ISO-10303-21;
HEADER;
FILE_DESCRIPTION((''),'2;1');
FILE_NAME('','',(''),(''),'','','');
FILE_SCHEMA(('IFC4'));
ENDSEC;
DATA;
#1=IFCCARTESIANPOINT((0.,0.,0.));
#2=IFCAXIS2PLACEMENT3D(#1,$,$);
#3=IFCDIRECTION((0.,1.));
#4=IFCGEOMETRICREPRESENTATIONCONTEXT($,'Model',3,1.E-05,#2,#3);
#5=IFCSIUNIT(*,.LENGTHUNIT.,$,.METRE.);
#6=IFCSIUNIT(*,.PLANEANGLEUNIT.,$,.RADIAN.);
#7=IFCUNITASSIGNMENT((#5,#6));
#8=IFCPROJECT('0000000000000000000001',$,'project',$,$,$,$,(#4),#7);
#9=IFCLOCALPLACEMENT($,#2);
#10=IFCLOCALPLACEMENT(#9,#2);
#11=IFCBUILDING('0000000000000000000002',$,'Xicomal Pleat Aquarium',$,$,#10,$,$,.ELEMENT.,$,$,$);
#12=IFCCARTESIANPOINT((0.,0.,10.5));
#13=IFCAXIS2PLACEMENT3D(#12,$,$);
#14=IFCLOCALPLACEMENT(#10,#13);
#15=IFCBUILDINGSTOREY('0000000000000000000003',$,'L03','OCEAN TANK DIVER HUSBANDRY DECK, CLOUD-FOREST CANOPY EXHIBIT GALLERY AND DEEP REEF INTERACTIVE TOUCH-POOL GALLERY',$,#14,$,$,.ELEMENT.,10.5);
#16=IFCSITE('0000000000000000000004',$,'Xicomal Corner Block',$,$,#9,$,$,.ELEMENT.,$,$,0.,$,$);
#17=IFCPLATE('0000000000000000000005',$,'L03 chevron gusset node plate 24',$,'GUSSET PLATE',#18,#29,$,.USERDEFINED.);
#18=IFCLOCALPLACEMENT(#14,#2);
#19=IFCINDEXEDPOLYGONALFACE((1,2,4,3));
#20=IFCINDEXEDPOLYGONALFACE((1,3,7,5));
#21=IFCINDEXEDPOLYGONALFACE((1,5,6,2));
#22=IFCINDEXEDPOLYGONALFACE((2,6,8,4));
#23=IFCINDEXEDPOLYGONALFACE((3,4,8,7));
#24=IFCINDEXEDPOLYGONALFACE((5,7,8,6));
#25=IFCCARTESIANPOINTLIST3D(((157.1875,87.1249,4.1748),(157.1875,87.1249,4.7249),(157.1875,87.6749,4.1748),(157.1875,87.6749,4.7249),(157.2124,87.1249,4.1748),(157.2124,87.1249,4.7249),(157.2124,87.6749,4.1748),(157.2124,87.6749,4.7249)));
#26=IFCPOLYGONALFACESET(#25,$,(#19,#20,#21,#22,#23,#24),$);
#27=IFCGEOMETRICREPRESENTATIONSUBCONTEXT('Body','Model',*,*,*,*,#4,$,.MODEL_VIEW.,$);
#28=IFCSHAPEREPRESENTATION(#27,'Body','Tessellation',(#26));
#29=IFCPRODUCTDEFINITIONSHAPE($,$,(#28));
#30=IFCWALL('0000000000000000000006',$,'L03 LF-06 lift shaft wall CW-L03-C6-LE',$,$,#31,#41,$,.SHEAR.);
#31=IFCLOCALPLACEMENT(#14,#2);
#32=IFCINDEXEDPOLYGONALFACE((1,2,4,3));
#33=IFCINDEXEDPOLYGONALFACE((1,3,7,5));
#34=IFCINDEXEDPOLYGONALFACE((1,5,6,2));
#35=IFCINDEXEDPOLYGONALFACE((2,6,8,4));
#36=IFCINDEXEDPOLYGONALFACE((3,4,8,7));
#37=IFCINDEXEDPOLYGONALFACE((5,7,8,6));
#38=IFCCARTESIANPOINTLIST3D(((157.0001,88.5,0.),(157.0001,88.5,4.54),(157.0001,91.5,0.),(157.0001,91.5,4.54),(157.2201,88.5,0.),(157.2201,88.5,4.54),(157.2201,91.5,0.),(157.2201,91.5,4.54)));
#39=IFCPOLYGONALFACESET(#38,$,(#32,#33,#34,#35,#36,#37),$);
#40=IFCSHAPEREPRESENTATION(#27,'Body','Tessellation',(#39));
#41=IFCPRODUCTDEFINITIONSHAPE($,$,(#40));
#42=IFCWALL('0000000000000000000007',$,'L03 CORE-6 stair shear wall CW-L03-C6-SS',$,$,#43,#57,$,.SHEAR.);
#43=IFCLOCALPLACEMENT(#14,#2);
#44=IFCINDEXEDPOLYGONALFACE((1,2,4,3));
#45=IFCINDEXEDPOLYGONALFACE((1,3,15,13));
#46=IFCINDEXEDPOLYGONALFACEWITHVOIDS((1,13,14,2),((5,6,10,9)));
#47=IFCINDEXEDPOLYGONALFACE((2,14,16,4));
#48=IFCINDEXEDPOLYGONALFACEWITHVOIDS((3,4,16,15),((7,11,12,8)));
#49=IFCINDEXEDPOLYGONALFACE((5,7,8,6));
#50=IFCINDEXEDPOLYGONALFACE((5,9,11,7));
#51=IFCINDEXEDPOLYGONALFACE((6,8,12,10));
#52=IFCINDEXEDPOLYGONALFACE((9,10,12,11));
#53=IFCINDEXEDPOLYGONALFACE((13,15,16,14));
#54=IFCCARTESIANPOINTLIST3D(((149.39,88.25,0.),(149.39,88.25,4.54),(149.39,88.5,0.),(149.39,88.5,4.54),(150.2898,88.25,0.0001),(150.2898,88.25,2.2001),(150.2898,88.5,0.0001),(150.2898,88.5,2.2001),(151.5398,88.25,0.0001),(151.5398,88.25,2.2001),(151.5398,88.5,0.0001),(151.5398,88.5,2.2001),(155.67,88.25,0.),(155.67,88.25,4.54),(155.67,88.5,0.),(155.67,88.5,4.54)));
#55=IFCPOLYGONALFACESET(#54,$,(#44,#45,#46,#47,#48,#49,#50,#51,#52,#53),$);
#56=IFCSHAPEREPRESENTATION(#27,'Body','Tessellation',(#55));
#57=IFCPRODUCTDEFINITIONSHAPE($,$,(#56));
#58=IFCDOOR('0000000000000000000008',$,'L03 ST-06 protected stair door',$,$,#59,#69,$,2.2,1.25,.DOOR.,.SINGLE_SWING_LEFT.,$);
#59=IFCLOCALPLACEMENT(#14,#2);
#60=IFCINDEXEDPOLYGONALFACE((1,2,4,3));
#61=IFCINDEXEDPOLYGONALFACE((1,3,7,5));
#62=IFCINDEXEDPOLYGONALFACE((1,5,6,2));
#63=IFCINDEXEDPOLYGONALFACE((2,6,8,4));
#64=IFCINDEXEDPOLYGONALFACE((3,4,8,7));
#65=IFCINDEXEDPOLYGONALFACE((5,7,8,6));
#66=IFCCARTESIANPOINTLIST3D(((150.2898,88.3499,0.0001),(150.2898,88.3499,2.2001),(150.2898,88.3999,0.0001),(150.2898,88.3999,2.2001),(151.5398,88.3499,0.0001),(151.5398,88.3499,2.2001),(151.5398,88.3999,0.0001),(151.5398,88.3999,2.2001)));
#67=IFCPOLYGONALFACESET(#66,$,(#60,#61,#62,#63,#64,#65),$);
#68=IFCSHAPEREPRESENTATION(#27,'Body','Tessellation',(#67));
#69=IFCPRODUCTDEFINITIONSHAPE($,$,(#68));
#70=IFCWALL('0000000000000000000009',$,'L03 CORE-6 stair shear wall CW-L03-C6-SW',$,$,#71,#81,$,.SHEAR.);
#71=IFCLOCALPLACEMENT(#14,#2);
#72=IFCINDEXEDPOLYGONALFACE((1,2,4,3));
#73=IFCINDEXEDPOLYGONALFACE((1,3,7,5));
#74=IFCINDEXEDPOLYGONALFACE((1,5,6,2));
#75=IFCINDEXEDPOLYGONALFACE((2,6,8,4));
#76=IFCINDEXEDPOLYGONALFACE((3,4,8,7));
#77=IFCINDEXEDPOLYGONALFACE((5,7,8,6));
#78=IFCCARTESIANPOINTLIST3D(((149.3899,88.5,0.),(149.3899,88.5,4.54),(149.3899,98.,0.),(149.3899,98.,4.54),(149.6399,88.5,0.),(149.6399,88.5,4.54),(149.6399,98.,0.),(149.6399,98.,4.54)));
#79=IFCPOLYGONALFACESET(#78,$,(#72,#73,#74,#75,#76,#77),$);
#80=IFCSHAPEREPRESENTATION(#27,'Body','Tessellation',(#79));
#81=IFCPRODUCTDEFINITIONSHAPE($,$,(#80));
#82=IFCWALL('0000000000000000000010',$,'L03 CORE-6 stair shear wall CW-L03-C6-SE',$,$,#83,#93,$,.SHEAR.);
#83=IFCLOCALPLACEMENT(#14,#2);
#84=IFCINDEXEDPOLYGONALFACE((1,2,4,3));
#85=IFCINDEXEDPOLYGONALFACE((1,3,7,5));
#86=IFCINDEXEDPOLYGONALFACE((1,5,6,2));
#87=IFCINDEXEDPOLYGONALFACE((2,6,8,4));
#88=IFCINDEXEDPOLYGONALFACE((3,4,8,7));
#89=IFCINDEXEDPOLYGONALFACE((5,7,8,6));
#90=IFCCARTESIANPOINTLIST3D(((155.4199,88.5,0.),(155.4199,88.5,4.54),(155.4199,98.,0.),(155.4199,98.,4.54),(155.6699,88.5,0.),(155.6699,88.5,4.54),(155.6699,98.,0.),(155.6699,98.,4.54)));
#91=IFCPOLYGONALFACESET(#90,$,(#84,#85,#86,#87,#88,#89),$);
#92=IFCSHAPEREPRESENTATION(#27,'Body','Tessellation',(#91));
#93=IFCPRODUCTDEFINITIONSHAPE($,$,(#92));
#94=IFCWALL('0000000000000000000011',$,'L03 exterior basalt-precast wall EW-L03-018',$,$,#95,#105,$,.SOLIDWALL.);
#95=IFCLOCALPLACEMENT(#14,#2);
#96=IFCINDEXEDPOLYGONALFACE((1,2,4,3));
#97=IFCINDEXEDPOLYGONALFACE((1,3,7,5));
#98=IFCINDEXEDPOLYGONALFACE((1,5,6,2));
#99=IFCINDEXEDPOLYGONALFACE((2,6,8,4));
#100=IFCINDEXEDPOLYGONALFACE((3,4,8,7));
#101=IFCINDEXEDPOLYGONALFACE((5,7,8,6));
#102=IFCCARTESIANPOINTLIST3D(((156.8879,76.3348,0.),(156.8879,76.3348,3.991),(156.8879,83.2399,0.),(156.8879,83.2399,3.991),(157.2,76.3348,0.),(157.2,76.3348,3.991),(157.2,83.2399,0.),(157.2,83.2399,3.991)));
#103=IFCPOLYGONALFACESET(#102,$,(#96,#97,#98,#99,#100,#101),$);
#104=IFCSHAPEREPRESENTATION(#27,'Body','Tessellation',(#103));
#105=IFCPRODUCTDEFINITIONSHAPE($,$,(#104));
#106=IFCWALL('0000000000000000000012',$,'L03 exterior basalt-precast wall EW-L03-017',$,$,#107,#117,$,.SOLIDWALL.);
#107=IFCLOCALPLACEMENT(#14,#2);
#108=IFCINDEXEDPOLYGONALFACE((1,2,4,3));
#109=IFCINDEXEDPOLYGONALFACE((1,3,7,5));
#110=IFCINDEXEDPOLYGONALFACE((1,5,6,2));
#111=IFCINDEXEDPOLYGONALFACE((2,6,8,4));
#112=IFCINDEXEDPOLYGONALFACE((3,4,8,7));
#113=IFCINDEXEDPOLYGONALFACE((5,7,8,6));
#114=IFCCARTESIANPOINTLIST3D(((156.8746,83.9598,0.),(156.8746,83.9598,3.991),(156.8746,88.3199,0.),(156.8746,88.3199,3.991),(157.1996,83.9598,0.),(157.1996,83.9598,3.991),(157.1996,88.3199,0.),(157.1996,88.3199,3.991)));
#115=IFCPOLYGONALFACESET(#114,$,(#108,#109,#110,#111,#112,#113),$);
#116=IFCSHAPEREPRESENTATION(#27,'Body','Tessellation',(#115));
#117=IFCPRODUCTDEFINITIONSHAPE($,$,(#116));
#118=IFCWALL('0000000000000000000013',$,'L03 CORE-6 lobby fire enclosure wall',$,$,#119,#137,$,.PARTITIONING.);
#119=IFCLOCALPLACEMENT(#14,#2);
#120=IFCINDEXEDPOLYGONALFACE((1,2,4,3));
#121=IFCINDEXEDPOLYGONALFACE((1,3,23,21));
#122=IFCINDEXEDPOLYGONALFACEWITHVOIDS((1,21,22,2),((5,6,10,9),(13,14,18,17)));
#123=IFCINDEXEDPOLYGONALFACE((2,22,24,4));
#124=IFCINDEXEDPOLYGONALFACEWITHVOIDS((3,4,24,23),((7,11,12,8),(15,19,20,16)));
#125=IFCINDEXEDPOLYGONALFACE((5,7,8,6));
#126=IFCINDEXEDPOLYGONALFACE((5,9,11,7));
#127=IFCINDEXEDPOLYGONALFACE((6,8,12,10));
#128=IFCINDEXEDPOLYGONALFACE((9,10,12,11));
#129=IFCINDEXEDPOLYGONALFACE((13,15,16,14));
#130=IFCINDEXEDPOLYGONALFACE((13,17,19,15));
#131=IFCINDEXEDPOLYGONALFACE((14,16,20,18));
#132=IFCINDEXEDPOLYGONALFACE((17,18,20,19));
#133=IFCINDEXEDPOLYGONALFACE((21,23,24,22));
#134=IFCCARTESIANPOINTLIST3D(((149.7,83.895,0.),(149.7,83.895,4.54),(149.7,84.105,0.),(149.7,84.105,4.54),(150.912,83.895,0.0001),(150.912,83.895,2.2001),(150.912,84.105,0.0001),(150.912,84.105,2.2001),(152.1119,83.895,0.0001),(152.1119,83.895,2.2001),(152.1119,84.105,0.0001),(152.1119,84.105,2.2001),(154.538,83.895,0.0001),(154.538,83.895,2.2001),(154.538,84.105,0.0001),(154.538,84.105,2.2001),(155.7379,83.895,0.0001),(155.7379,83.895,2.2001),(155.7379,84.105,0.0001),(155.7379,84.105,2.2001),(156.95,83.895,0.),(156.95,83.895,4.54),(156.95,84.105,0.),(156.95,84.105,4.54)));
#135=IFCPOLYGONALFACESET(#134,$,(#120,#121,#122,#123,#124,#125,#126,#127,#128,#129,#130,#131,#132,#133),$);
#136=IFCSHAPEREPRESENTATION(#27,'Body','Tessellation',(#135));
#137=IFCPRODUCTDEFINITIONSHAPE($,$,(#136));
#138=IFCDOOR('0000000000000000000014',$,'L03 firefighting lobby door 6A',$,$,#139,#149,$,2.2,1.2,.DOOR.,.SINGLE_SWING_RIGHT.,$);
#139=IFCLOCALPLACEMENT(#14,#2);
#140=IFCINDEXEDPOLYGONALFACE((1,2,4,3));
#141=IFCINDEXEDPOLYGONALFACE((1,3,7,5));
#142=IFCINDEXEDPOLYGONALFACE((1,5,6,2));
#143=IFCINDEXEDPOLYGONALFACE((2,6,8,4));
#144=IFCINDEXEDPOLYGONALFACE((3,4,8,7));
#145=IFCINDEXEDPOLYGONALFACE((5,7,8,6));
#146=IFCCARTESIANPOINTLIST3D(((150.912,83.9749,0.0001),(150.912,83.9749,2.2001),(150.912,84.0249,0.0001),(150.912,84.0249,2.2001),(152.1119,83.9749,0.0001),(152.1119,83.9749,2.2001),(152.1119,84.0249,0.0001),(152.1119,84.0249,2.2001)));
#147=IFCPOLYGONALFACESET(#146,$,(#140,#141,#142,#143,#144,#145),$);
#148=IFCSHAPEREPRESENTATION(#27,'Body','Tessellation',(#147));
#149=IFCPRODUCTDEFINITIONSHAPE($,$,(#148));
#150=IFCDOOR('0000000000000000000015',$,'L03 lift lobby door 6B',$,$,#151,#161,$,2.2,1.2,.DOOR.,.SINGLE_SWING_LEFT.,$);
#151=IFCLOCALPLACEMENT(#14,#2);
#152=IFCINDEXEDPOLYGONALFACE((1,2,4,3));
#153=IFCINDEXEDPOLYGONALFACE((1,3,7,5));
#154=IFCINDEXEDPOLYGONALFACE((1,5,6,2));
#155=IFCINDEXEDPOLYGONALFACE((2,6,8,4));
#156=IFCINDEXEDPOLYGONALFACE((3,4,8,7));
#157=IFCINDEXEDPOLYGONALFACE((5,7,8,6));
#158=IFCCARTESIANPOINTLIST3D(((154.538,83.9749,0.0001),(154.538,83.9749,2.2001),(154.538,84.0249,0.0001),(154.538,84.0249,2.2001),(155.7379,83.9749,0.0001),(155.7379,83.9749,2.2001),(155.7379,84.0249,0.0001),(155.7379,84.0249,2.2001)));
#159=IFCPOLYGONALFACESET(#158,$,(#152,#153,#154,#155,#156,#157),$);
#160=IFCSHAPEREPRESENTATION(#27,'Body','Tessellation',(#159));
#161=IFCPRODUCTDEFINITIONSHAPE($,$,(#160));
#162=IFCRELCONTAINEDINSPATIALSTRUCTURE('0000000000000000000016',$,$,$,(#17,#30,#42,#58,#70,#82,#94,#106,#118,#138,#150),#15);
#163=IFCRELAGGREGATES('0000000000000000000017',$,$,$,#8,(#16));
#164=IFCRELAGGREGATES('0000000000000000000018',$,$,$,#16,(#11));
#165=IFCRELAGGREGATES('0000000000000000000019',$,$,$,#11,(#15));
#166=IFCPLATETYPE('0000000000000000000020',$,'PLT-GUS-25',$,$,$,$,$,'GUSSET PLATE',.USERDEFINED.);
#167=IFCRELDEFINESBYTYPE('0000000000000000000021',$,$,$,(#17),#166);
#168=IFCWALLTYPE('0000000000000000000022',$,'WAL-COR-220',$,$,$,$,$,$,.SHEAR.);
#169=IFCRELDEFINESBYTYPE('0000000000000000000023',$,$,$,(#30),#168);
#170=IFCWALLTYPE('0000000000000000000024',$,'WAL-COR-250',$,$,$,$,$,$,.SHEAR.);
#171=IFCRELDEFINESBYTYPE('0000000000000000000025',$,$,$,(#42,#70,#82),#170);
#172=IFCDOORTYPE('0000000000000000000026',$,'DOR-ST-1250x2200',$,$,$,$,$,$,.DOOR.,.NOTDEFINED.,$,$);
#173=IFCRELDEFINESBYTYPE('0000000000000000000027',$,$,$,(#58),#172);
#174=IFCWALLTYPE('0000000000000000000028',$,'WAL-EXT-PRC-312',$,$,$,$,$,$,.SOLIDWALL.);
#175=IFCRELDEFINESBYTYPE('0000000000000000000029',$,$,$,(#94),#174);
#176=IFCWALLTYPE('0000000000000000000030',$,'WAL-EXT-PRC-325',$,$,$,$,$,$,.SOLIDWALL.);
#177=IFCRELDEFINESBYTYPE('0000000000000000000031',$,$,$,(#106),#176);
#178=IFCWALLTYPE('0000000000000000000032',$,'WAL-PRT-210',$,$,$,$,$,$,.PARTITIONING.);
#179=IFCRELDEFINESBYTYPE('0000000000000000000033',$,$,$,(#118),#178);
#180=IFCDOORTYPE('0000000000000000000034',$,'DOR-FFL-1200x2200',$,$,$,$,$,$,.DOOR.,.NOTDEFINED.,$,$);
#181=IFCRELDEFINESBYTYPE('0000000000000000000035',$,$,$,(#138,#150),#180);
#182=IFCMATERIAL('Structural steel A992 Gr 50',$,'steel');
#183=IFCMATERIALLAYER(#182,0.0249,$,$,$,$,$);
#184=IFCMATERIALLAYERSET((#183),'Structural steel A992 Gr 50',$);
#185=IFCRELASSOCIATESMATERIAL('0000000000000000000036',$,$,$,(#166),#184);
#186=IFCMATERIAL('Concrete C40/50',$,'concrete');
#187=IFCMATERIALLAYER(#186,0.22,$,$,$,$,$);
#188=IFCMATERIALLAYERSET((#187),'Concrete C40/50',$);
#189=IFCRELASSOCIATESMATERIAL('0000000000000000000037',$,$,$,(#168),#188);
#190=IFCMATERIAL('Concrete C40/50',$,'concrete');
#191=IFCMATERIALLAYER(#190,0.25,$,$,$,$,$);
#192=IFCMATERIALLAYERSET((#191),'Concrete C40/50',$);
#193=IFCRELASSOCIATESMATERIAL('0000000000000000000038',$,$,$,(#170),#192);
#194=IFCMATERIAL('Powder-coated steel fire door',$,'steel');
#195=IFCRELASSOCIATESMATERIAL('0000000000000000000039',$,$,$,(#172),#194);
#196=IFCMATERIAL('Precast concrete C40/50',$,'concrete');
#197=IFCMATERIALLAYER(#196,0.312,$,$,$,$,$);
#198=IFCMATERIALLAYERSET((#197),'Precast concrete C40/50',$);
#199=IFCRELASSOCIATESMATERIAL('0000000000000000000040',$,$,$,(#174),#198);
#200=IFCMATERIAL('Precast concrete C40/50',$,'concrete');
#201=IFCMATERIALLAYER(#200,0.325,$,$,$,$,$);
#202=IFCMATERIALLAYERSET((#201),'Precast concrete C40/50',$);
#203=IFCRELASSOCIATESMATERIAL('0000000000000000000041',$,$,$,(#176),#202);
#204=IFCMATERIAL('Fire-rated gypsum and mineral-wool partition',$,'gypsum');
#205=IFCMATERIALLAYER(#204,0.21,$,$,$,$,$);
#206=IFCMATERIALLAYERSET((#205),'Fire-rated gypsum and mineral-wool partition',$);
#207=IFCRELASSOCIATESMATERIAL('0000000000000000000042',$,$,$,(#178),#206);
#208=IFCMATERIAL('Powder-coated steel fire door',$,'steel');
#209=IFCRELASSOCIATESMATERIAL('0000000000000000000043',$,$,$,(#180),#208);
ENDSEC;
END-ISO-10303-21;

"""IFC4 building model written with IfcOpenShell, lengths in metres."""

from ifc_helpers import new_model, si_unit, direction, frame, frame_2d, origin, origin_2d, place, context, subcontext, project, spatial, rectangle, extrude, material, layer, layer_set, type_object, element, fill, save


model = new_model("IFC4")

# Units and contexts
model_context = context("Model", 3, precision=1e-05, world=origin(), true_north=direction((0.0, 1.0)))
body_context = subcontext(model_context, "Body", "Model", "MODEL_VIEW")
ifc_project = project(units=[si_unit("LENGTHUNIT", "METRE"), si_unit("PLANEANGLEUNIT", "RADIAN")], contexts=[model_context])

# Site, building, storey
site_placement = place(None, origin())
site = spatial("IfcSite", under=ifc_project, at=site_placement, Name="Xicomal Corner Block", CompositionType="ELEMENT", RefElevation=0.0)
building_placement = place(site_placement, origin())
building = spatial("IfcBuilding", under=site, at=building_placement, Name="Xicomal Pleat Aquarium", CompositionType="ELEMENT")
storey_placement = place(building_placement, frame((0.0, 0.0, 10.5)))
storey = spatial("IfcBuildingStorey", under=building, at=storey_placement, Name="L03", Description="OCEAN TANK DIVER HUSBANDRY DECK, CLOUD-FOREST CANOPY EXHIBIT GALLERY AND DEEP REEF INTERACTIVE TOUCH-POOL GALLERY", CompositionType="ELEMENT", Elevation=10.5)

# Plate
ifc_material_1 = material(Name="Structural steel A992 Gr 50", Category="steel")
ifc_layer_1 = layer(ifc_material_1, 0.0249)
ifc_layer_set_1 = layer_set([ifc_layer_1], Name="Structural steel A992 Gr 50")
plate_type_1 = type_object("IfcPlateType", Name="PLT-GUS-25", ElementType="GUSSET PLATE", PredefinedType="USERDEFINED", material=ifc_layer_set_1)
plate_1_placement = place(storey_placement, frame((157.2, 87.3999, 4.1748), z_axis=(0.0, 0.0, 1.0), x_axis=(0.0, 1.0, 0.0)))
element("IfcPlate", 1, at=plate_1_placement, inside=storey, type_object=plate_type_1, Name="L03 chevron gusset node plate 24", ObjectType="GUSSET PLATE", PredefinedType="USERDEFINED", context=body_context, shape_type="SweptSolid", body=[
    extrude(rectangle(XDim=0.55, YDim=0.0249, at=origin_2d()), origin(), (0.0, 0.0, 1.0), 0.55),
])

# Shared definitions
ifc_material_2 = material(Name="Concrete C40/50", Category="concrete")
ifc_layer_2 = layer(ifc_material_2, 0.22)
ifc_layer_set_2 = layer_set([ifc_layer_2], Name="Concrete C40/50")
wall_type_1 = type_object("IfcWallType", Name="WAL-COR-220", PredefinedType="SHEAR", material=ifc_layer_set_2)

# Wall
wall_1_placement = place(storey_placement, frame((157.1101, 88.5, 0.0), z_axis=(0.0, 0.0, 1.0), x_axis=(0.0, 1.0, 0.0)))
element("IfcWall", 2, at=wall_1_placement, inside=storey, type_object=wall_type_1, Name="L03 LF-06 lift shaft wall CW-L03-C6-LE", PredefinedType="SHEAR", context=body_context, shape_type="SweptSolid", body=[
    extrude(rectangle(XDim=3.0, YDim=0.22, at=frame_2d((1.5, 0.0))), origin(), (0.0, 0.0, 1.0), 4.54),
])

# Wall, opening, door
ifc_material_3 = material(Name="Concrete C40/50", Category="concrete")
ifc_layer_3 = layer(ifc_material_3, 0.25)
ifc_layer_set_3 = layer_set([ifc_layer_3], Name="Concrete C40/50")
wall_type_2 = type_object("IfcWallType", Name="WAL-COR-250", PredefinedType="SHEAR", material=ifc_layer_set_3)
wall_2_placement = place(storey_placement, frame((149.3899, 88.375, 0.0), z_axis=(0.0, 0.0, 1.0), x_axis=(1.0, 0.0, 0.0)))
wall_2 = element("IfcWall", 3, at=wall_2_placement, inside=storey, type_object=wall_type_2, Name="L03 CORE-6 stair shear wall CW-L03-C6-SS", PredefinedType="SHEAR", context=body_context, shape_type="SweptSolid", body=[
    extrude(rectangle(XDim=6.28, YDim=0.25, at=frame_2d((3.1401, 0.0))), origin(), (0.0, 0.0, 1.0), 4.54),
])
opening_1_placement = place(wall_2_placement, frame((0.8999, 0.0, 0.0)))
opening_1 = element("IfcOpeningElement", 4, at=opening_1_placement, cuts=wall_2, PredefinedType="OPENING", context=body_context, shape_type="SweptSolid", body=[
    extrude(rectangle(XDim=1.25, YDim=2.2, at=frame_2d((0.625, 1.1001))), frame((0.0, 0.135, 0.0), z_axis=(0.0, -1.0, 0.0), x_axis=(1.0, 0.0, 0.0)), (0.0, 0.0, 1.0), 0.27),
])
ifc_material_4 = material(Name="Powder-coated steel fire door", Category="steel")
door_type_1 = type_object("IfcDoorType", Name="DOR-ST-1250x2200", OperationType="NOTDEFINED", PredefinedType="DOOR", material=ifc_material_4)
door_1_placement = place(opening_1_placement, origin())
door_1 = element("IfcDoor", 5, at=door_1_placement, inside=storey, type_object=door_type_1, Name="L03 ST-06 protected stair door", OperationType="SINGLE_SWING_LEFT", OverallHeight=2.2, OverallWidth=1.25, PredefinedType="DOOR", context=body_context, shape_type="SweptSolid", body=[
    extrude(rectangle(XDim=1.25, YDim=2.2, at=frame_2d((0.625, 1.1001))), frame((0.0, 0.0249, 0.0), z_axis=(0.0, -1.0, 0.0), x_axis=(1.0, 0.0, 0.0)), (0.0, 0.0, 1.0), 0.05),
])
fill(opening_1, door_1)

# Walls
for number, where, z_axis, x_axis, name in (
    (6, (149.5149, 88.5, 0.0), (0.0, 0.0, 1.0), (0.0, 1.0, 0.0), "L03 CORE-6 stair shear wall CW-L03-C6-SW"),
    (7, (155.5449, 88.5, 0.0), (0.0, 0.0, 1.0), (0.0, 1.0, 0.0), "L03 CORE-6 stair shear wall CW-L03-C6-SE"),
):
    element("IfcWall", number, at=place(storey_placement, frame(where, z_axis=z_axis, x_axis=x_axis)), inside=storey, type_object=wall_type_2, Name=name, PredefinedType="SHEAR", context=body_context, shape_type="SweptSolid", body=[
        extrude(rectangle(XDim=9.5, YDim=0.25, at=frame_2d((4.75, 0.0))), origin(), (0.0, 0.0, 1.0), 4.54),
    ])
ifc_material_5 = material(Name="Precast concrete C40/50", Category="concrete")
ifc_layer_4 = layer(ifc_material_5, 0.312)
ifc_layer_set_4 = layer_set([ifc_layer_4], Name="Precast concrete C40/50")
wall_type_3 = type_object("IfcWallType", Name="WAL-EXT-PRC-312", PredefinedType="SOLIDWALL", material=ifc_layer_set_4)
wall_3_placement = place(storey_placement, frame((157.0439, 83.24, 0.0), z_axis=(0.0, 0.0, 1.0), x_axis=(0.0, -1.0, 0.0)))
element("IfcWall", 8, at=wall_3_placement, inside=storey, type_object=wall_type_3, Name="L03 exterior basalt-precast wall EW-L03-018", PredefinedType="SOLIDWALL", context=body_context, shape_type="SweptSolid", body=[
    extrude(rectangle(XDim=6.905, YDim=0.312, at=frame_2d((3.4526, 0.0))), origin(), (0.0, 0.0, 1.0), 3.991),
])
ifc_material_6 = material(Name="Precast concrete C40/50", Category="concrete")
ifc_layer_5 = layer(ifc_material_6, 0.325)
ifc_layer_set_5 = layer_set([ifc_layer_5], Name="Precast concrete C40/50")
wall_type_4 = type_object("IfcWallType", Name="WAL-EXT-PRC-325", PredefinedType="SOLIDWALL", material=ifc_layer_set_5)
wall_4_placement = place(storey_placement, frame((157.0371, 88.3201, 0.0), z_axis=(0.0, 0.0, 1.0), x_axis=(0.0, -1.0, 0.0)))
element("IfcWall", 9, at=wall_4_placement, inside=storey, type_object=wall_type_4, Name="L03 exterior basalt-precast wall EW-L03-017", PredefinedType="SOLIDWALL", context=body_context, shape_type="SweptSolid", body=[
    extrude(rectangle(XDim=4.3601, YDim=0.325, at=frame_2d((2.1802, 0.0))), origin(), (0.0, 0.0, 1.0), 3.991),
])

# Wall, openings, doors
ifc_material_7 = material(Name="Fire-rated gypsum and mineral-wool partition", Category="gypsum")
ifc_layer_6 = layer(ifc_material_7, 0.21)
ifc_layer_set_6 = layer_set([ifc_layer_6], Name="Fire-rated gypsum and mineral-wool partition")
wall_type_5 = type_object("IfcWallType", Name="WAL-PRT-210", PredefinedType="PARTITIONING", material=ifc_layer_set_6)
wall_5_placement = place(storey_placement, frame((149.7, 84.0, 0.0), z_axis=(0.0, 0.0, 1.0), x_axis=(1.0, 0.0, 0.0)))
wall_5 = element("IfcWall", 10, at=wall_5_placement, inside=storey, type_object=wall_type_5, Name="L03 CORE-6 lobby fire enclosure wall", PredefinedType="PARTITIONING", context=body_context, shape_type="SweptSolid", body=[
    extrude(rectangle(XDim=7.25, YDim=0.21, at=frame_2d((3.625, 0.0))), origin(), (0.0, 0.0, 1.0), 4.54),
])
opening_2_placement = place(wall_5_placement, frame((1.2119, 0.0, 0.0)))
opening_2 = element("IfcOpeningElement", 11, at=opening_2_placement, cuts=wall_5, PredefinedType="OPENING", context=body_context, shape_type="SweptSolid", body=[
    extrude(rectangle(XDim=1.2, YDim=2.2, at=frame_2d((0.6001, 1.1001))), frame((0.0, 0.115, 0.0), z_axis=(0.0, -1.0, 0.0), x_axis=(1.0, 0.0, 0.0)), (0.0, 0.0, 1.0), 0.23),
])
opening_3_placement = place(wall_5_placement, frame((4.8379, 0.0, 0.0)))
opening_3 = element("IfcOpeningElement", 12, at=opening_3_placement, cuts=wall_5, PredefinedType="OPENING", context=body_context, shape_type="SweptSolid", body=[
    extrude(rectangle(XDim=1.2, YDim=2.2, at=frame_2d((0.6001, 1.1001))), frame((0.0, 0.115, 0.0), z_axis=(0.0, -1.0, 0.0), x_axis=(1.0, 0.0, 0.0)), (0.0, 0.0, 1.0), 0.23),
])
ifc_material_8 = material(Name="Powder-coated steel fire door", Category="steel")
door_type_2 = type_object("IfcDoorType", Name="DOR-FFL-1200x2200", OperationType="NOTDEFINED", PredefinedType="DOOR", material=ifc_material_8)
door_2_placement = place(opening_2_placement, origin())
door_2 = element("IfcDoor", 13, at=door_2_placement, inside=storey, type_object=door_type_2, Name="L03 firefighting lobby door 6A", OperationType="SINGLE_SWING_RIGHT", OverallHeight=2.2, OverallWidth=1.2, PredefinedType="DOOR", context=body_context, shape_type="SweptSolid", body=[
    extrude(rectangle(XDim=1.2, YDim=2.2, at=frame_2d((0.6001, 1.1001))), frame((0.0, 0.0249, 0.0), z_axis=(0.0, -1.0, 0.0), x_axis=(1.0, 0.0, 0.0)), (0.0, 0.0, 1.0), 0.05),
])
fill(opening_2, door_2)
door_3_placement = place(opening_3_placement, origin())
door_3 = element("IfcDoor", 14, at=door_3_placement, inside=storey, type_object=door_type_2, Name="L03 lift lobby door 6B", OperationType="SINGLE_SWING_LEFT", OverallHeight=2.2, OverallWidth=1.2, PredefinedType="DOOR", context=body_context, shape_type="SweptSolid", body=[
    extrude(rectangle(XDim=1.2, YDim=2.2, at=frame_2d((0.6001, 1.1001))), frame((0.0, 0.0249, 0.0), z_axis=(0.0, -1.0, 0.0), x_axis=(1.0, 0.0, 0.0)), (0.0, 0.0, 1.0), 0.05),
])
fill(opening_3, door_3)

save(model, "model.ifc")
